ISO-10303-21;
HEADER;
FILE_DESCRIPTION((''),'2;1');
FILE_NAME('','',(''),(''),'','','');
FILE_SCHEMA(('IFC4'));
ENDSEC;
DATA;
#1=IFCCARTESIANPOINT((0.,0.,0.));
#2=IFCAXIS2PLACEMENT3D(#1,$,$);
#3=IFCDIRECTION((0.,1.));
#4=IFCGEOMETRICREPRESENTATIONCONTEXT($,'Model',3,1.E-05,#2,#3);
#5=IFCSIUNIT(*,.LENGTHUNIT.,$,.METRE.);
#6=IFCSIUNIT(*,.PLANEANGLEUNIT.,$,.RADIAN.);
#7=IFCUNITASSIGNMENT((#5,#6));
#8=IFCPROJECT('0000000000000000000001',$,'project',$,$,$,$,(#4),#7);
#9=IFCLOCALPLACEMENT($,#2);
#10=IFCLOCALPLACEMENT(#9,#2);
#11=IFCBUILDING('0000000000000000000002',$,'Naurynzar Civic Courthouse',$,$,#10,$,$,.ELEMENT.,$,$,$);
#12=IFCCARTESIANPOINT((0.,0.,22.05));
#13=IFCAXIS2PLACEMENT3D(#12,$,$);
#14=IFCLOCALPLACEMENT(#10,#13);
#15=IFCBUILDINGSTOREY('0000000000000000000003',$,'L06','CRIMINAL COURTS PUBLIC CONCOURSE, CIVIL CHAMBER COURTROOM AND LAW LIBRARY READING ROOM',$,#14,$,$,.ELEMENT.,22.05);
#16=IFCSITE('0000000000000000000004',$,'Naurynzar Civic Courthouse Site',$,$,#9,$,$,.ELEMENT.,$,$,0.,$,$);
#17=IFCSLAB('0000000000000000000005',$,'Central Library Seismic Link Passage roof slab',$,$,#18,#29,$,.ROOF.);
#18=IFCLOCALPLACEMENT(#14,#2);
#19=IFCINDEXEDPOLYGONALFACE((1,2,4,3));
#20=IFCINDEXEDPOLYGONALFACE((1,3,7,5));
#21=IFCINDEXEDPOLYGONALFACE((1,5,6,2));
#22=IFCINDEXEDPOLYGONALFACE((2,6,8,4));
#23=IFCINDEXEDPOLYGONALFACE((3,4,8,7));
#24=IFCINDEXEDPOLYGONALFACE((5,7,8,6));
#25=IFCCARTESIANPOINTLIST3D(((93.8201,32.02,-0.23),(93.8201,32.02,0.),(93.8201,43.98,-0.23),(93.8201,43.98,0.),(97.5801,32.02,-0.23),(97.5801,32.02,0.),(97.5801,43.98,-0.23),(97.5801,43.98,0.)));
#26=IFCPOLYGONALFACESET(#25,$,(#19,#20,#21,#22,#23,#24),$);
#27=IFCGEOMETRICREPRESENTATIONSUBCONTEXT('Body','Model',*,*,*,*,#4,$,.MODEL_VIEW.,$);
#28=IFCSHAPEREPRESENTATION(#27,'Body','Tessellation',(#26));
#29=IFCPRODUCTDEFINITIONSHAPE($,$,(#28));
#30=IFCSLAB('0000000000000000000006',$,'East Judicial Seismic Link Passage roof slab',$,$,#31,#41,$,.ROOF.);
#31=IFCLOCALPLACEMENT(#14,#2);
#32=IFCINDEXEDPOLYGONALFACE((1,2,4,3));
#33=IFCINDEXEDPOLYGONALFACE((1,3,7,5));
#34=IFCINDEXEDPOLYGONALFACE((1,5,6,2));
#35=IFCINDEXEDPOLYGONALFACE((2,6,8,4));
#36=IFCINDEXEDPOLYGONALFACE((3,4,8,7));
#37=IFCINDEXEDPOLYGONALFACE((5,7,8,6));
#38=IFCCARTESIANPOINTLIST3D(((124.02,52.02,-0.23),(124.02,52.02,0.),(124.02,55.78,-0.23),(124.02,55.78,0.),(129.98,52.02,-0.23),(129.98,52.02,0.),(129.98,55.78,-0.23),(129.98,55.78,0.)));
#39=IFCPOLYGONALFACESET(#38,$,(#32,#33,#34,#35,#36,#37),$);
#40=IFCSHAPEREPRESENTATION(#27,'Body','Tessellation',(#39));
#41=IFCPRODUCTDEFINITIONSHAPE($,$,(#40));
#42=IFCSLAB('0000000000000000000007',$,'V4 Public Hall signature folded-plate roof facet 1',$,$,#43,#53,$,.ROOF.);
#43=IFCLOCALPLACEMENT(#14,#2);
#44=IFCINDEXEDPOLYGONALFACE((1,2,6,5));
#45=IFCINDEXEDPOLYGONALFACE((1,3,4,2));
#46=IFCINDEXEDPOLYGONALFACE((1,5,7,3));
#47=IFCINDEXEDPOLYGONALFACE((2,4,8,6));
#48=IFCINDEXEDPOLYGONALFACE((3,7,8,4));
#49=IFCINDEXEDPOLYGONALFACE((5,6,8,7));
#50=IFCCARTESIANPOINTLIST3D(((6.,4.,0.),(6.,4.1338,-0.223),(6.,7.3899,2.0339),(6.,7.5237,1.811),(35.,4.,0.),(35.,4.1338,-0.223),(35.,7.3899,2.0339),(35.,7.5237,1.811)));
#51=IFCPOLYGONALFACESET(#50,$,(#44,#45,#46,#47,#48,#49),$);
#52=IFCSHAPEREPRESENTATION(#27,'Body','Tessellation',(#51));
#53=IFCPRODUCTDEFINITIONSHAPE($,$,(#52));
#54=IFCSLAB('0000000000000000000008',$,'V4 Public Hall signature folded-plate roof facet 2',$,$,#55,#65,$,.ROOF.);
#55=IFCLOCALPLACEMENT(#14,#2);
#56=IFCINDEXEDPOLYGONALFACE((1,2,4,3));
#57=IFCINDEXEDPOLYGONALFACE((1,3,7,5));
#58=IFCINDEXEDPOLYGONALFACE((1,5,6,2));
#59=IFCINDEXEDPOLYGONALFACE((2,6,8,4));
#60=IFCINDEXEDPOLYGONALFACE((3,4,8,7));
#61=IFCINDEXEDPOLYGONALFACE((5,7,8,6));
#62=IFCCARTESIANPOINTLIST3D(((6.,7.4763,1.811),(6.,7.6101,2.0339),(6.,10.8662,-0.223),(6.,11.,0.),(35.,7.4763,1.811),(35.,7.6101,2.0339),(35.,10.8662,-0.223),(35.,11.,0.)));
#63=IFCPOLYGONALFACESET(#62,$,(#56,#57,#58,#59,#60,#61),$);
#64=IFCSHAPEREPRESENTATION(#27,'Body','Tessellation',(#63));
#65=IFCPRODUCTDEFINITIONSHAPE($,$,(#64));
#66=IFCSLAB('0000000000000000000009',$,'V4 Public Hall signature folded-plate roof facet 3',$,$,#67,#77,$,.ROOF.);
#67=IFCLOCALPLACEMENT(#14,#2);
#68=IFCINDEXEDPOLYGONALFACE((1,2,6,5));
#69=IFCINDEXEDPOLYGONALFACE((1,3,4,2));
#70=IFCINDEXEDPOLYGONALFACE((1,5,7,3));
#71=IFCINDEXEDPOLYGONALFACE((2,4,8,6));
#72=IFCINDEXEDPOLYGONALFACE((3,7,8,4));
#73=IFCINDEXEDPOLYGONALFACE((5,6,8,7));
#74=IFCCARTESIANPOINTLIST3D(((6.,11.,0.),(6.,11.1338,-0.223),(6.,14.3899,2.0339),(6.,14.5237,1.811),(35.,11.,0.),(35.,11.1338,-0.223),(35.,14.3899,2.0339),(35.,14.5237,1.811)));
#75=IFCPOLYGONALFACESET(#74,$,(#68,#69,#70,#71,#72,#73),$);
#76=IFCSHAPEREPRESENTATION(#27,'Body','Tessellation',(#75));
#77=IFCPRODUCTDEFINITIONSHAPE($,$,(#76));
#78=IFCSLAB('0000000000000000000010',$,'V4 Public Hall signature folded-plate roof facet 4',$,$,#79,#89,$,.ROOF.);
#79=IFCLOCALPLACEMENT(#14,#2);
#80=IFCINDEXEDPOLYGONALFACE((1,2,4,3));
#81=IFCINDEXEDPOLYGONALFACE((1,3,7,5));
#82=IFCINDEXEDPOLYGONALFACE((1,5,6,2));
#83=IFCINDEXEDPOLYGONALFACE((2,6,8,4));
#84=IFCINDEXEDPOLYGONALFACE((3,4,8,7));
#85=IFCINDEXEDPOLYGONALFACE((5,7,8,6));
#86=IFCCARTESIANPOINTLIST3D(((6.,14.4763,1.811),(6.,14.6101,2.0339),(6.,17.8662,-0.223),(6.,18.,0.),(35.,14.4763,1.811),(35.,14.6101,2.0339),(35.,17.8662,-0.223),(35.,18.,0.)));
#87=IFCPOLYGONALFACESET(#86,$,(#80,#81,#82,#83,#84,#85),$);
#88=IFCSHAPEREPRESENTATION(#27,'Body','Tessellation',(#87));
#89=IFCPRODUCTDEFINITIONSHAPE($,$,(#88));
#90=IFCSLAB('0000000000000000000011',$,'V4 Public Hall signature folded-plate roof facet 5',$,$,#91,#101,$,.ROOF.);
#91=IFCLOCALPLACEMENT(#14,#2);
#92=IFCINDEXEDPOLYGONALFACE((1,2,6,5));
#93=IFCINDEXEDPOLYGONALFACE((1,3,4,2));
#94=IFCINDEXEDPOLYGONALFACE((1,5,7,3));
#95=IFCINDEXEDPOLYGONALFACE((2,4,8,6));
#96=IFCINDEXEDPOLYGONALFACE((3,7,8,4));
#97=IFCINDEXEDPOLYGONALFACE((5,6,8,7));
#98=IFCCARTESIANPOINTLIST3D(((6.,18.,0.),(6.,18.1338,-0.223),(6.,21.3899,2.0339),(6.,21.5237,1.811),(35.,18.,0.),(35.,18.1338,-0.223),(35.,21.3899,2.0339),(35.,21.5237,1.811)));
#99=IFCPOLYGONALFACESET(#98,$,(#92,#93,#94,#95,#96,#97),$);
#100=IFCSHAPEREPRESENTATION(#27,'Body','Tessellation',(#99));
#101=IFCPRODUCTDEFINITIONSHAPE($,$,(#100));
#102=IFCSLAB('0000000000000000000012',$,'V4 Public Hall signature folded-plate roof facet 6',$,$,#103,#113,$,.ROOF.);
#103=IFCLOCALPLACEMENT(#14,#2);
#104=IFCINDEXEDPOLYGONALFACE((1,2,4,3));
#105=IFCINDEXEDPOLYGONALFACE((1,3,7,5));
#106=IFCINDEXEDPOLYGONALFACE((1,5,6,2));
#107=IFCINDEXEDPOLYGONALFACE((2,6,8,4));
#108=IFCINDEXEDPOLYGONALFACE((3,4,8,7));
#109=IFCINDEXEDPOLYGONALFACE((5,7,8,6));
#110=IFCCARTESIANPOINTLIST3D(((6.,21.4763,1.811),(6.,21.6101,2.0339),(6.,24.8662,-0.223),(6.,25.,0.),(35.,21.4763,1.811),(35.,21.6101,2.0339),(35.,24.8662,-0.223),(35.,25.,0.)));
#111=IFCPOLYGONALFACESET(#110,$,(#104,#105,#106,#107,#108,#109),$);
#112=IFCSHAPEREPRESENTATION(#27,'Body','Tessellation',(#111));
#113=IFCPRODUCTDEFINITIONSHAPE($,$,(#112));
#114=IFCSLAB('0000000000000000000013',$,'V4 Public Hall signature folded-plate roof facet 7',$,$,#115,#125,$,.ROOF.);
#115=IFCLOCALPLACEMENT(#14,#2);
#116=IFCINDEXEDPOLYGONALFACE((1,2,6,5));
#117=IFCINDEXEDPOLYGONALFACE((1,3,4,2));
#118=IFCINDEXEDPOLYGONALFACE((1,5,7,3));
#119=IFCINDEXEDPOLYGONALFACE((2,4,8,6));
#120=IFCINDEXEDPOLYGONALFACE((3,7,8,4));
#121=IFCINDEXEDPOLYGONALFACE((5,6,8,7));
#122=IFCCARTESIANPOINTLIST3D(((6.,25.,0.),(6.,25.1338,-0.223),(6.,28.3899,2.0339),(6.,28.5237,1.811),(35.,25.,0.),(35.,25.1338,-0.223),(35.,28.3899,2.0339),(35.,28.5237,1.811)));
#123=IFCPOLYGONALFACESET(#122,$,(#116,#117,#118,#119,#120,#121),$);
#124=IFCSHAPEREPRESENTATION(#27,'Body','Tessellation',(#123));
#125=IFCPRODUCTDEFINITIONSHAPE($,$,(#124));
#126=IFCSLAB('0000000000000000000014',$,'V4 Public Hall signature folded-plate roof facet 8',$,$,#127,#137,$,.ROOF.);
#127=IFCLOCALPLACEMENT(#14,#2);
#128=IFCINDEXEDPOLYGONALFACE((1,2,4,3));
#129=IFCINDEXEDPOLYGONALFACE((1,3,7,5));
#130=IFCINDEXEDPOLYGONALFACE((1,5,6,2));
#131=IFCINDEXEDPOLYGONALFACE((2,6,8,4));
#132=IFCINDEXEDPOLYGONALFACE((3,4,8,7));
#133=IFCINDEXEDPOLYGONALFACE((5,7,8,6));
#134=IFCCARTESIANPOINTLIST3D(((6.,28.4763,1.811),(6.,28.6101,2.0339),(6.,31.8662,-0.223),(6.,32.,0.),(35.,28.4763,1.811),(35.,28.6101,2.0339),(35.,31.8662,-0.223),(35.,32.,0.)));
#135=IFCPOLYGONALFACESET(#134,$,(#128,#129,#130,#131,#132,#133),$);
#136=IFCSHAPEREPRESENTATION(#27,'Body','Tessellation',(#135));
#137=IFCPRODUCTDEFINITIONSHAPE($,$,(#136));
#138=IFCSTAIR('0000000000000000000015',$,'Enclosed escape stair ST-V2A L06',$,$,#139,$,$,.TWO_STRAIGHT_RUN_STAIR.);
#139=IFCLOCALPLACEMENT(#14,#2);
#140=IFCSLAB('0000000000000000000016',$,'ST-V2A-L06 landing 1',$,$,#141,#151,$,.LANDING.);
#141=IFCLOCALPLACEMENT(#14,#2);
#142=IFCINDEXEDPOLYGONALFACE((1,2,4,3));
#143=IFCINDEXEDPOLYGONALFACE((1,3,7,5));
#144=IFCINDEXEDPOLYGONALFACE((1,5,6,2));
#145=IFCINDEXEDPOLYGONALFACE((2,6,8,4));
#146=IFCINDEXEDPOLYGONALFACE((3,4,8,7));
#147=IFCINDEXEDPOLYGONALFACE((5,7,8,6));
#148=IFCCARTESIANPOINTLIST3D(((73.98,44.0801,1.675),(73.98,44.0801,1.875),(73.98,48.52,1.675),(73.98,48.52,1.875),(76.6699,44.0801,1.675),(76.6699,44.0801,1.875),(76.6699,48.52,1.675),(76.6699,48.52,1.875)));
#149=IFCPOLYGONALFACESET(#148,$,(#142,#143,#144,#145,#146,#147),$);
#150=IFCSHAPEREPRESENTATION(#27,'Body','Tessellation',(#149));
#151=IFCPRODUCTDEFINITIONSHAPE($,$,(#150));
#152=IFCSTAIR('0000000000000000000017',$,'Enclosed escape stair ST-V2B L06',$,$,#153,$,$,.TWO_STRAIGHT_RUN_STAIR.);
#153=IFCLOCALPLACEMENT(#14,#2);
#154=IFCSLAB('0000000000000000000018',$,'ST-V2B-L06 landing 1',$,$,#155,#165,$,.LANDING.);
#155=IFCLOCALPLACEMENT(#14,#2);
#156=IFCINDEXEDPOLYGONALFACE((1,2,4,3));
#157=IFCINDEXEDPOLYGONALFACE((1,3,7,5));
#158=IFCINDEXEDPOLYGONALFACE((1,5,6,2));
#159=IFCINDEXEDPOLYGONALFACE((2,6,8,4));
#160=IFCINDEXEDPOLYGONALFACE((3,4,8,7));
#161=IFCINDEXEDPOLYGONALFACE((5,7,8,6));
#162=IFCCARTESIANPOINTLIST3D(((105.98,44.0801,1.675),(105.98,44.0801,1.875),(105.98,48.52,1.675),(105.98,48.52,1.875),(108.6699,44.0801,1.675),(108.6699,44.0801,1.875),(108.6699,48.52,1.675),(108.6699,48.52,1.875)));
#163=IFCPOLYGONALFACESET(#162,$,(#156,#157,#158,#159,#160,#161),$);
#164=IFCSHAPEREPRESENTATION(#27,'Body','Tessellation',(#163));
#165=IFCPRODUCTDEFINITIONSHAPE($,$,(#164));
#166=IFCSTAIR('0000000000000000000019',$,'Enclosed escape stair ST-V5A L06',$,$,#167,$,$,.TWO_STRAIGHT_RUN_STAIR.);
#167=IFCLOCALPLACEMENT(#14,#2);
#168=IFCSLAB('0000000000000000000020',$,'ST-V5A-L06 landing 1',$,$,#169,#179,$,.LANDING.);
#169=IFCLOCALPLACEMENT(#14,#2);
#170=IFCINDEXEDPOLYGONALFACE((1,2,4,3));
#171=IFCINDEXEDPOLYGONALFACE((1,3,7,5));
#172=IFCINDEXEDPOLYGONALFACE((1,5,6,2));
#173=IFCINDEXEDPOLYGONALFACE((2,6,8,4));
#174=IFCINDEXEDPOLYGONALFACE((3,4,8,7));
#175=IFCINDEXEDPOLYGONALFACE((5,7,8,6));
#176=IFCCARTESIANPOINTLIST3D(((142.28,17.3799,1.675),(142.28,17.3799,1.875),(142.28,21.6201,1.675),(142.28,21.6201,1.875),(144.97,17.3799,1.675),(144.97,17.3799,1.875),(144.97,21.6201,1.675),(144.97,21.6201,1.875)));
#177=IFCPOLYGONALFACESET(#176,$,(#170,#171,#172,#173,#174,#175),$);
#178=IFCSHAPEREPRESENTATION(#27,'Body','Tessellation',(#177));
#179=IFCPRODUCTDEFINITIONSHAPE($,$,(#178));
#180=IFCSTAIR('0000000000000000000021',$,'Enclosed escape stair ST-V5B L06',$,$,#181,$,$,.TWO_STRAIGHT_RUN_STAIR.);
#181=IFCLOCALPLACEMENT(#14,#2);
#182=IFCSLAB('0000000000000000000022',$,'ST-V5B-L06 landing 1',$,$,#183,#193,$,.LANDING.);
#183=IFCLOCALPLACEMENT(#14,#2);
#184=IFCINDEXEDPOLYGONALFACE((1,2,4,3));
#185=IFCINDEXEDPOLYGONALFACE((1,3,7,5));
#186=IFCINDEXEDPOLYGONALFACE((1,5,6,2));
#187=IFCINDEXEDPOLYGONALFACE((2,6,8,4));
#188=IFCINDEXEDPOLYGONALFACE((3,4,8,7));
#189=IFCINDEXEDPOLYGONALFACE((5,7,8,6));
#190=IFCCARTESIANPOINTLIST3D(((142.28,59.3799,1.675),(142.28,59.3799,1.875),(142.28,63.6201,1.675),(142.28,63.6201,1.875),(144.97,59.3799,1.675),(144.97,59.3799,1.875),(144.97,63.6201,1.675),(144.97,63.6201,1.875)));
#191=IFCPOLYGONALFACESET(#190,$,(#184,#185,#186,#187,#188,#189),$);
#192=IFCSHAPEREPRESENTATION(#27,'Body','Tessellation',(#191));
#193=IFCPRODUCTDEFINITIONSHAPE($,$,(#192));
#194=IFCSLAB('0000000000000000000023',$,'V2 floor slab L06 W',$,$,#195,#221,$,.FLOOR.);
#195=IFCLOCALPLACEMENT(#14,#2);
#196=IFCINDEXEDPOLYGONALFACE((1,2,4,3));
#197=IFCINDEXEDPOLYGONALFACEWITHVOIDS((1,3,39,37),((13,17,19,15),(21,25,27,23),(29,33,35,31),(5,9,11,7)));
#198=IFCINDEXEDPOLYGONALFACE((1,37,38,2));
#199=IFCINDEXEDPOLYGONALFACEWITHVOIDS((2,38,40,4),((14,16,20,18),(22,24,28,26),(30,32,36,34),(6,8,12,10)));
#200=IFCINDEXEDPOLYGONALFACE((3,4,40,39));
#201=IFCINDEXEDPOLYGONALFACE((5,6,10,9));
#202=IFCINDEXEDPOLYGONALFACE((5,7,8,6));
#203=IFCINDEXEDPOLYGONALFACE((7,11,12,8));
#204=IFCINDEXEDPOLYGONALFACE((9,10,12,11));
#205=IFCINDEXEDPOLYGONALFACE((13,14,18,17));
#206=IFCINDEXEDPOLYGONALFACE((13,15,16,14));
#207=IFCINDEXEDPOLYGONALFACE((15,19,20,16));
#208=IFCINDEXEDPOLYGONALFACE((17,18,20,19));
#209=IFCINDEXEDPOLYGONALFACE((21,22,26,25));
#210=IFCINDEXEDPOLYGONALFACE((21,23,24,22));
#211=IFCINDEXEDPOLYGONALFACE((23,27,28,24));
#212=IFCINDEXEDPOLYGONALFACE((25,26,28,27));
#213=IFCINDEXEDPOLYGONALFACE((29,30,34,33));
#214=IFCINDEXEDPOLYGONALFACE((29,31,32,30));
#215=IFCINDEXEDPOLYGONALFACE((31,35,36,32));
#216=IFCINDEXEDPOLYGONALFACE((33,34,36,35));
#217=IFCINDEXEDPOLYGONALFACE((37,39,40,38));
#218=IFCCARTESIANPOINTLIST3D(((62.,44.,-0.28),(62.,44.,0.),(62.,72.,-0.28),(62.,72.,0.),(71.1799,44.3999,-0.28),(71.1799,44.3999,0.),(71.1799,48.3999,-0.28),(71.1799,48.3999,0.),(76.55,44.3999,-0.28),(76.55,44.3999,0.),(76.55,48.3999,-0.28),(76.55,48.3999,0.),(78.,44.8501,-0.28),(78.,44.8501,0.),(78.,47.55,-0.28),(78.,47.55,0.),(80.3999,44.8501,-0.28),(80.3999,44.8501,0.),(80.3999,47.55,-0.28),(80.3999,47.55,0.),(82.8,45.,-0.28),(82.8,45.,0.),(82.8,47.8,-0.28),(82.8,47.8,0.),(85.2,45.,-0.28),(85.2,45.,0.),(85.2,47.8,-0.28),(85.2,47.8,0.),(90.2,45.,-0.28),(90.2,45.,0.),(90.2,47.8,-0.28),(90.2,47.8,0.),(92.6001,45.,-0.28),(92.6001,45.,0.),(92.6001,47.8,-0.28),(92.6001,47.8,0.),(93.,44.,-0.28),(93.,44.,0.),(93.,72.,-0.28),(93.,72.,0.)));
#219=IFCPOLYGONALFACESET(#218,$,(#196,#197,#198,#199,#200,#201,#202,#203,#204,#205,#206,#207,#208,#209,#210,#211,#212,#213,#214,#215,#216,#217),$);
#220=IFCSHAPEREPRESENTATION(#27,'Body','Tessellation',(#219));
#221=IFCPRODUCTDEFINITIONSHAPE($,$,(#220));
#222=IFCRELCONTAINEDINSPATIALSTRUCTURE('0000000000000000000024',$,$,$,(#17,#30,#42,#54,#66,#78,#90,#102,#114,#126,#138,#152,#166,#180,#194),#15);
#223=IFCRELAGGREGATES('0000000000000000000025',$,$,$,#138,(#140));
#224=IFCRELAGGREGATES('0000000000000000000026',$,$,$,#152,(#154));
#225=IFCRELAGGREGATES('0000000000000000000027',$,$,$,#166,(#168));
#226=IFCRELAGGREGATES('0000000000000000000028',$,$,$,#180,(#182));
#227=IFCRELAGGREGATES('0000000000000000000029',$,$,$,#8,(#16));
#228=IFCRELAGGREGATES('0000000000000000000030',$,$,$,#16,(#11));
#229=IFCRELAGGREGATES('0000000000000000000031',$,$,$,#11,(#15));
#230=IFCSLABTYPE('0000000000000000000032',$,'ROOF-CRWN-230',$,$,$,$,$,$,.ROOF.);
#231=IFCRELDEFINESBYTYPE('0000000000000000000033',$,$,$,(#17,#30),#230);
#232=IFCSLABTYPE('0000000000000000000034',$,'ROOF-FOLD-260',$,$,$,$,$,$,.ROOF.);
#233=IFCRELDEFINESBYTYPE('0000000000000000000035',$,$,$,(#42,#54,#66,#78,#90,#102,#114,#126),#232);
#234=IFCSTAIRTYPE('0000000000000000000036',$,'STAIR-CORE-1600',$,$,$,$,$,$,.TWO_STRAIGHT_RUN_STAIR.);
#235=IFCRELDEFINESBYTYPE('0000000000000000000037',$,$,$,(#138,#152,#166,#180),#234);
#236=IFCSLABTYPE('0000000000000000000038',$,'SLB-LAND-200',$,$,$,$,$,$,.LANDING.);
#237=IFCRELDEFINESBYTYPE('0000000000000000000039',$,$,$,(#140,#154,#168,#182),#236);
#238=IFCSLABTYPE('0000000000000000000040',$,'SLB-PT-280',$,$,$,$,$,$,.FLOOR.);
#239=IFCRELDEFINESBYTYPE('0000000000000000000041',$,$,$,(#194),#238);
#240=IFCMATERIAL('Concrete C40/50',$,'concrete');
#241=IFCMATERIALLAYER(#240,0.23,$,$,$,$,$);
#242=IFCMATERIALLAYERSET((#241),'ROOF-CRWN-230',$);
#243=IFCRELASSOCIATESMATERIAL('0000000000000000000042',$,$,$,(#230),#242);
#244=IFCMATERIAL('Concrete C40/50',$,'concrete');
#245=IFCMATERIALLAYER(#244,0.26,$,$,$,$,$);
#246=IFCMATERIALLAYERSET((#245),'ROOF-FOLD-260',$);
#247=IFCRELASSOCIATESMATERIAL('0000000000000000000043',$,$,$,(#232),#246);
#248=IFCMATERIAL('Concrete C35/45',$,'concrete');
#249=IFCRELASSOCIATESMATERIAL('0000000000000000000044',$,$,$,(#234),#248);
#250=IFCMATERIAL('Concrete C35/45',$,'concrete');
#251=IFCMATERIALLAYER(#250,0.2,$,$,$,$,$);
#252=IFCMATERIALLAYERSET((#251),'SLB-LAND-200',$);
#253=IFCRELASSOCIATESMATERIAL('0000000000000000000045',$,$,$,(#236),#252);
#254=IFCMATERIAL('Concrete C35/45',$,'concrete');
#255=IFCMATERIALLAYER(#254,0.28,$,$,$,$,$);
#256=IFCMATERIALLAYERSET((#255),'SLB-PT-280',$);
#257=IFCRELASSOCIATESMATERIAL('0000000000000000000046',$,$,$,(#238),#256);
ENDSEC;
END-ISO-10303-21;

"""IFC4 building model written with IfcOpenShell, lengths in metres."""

from ifc_helpers import new_model, si_unit, direction, frame, origin, place, context, subcontext, project, spatial, polyline, outline, extrude, material, layer, layer_set, type_object, element, aggregate, save


model = new_model("IFC4")

# Units and contexts
model_context = context("Model", 3, precision=1e-05, world=origin(), true_north=direction((0.0, 1.0)))
body_context = subcontext(model_context, "Body", "Model", "MODEL_VIEW")
ifc_project = project(units=[si_unit("LENGTHUNIT", "METRE"), si_unit("PLANEANGLEUNIT", "RADIAN")], contexts=[model_context])

# Site, building, storey
site_placement = place(None, origin())
site = spatial("IfcSite", under=ifc_project, at=site_placement, Name="Naurynzar Civic Courthouse Site", CompositionType="ELEMENT", RefElevation=0.0)
building_placement = place(site_placement, origin())
building = spatial("IfcBuilding", under=site, at=building_placement, Name="Naurynzar Civic Courthouse", CompositionType="ELEMENT")
storey_placement = place(building_placement, frame((0.0, 0.0, 22.05)))
storey = spatial("IfcBuildingStorey", under=building, at=storey_placement, Name="L06", Description="CRIMINAL COURTS PUBLIC CONCOURSE, CIVIL CHAMBER COURTROOM AND LAW LIBRARY READING ROOM", CompositionType="ELEMENT", Elevation=22.05)

# Slabs
ifc_material_1 = material(Name="Concrete C40/50", Category="concrete")
ifc_layer_1 = layer(ifc_material_1, 0.23)
ifc_layer_set_1 = layer_set([ifc_layer_1], Name="ROOF-CRWN-230")
slab_type_1 = type_object("IfcSlabType", Name="ROOF-CRWN-230", PredefinedType="ROOF", material=ifc_layer_set_1)
slab_1_placement = place(storey_placement, frame((0.0, 0.0, -0.23)))
element("IfcSlab", 1, at=slab_1_placement, inside=storey, type_object=slab_type_1, Name="Central Library Seismic Link Passage roof slab", PredefinedType="ROOF", context=body_context, shape_type="SweptSolid", body=[
    extrude(outline(polyline([(93.8201, 32.02), (97.5801, 32.02), (97.5801, 43.98), (93.8201, 43.98), (93.8201, 32.02)])), origin(), (0.0, 0.0, 1.0), 0.23),
])
slab_2_placement = place(storey_placement, frame((0.0, 0.0, -0.23)))
element("IfcSlab", 2, at=slab_2_placement, inside=storey, type_object=slab_type_1, Name="East Judicial Seismic Link Passage roof slab", PredefinedType="ROOF", context=body_context, shape_type="SweptSolid", body=[
    extrude(outline(polyline([(124.02, 52.02), (129.98, 52.02), (129.98, 55.78), (124.02, 55.78), (124.02, 52.02)])), origin(), (0.0, 0.0, 1.0), 0.23),
])
ifc_material_2 = material(Name="Concrete C40/50", Category="concrete")
ifc_layer_2 = layer(ifc_material_2, 0.26)
ifc_layer_set_2 = layer_set([ifc_layer_2], Name="ROOF-FOLD-260")
slab_type_2 = type_object("IfcSlabType", Name="ROOF-FOLD-260", PredefinedType="ROOF", material=ifc_layer_set_2)
for number, where, z_axis, x_axis, name in (
    (3, (6.0, 4.0, 0.0), (0.0, -0.514496, 0.857493), (1.0, 0.0, 0.0), "V4 Public Hall signature folded-plate roof facet 1"),
    (4, (6.0, 7.6101, 2.0339), (0.0, 0.514496, 0.857493), (1.0, 0.0, 0.0), "V4 Public Hall signature folded-plate roof facet 2"),
    (5, (6.0, 11.0, 0.0), (0.0, -0.514496, 0.857493), (1.0, 0.0, 0.0), "V4 Public Hall signature folded-plate roof facet 3"),
    (6, (6.0, 14.6101, 2.0339), (0.0, 0.514496, 0.857493), (1.0, 0.0, 0.0), "V4 Public Hall signature folded-plate roof facet 4"),
    (7, (6.0, 18.0, 0.0), (0.0, -0.514496, 0.857493), (1.0, 0.0, 0.0), "V4 Public Hall signature folded-plate roof facet 5"),
    (8, (6.0, 21.6101, 2.0339), (0.0, 0.514496, 0.857493), (1.0, 0.0, 0.0), "V4 Public Hall signature folded-plate roof facet 6"),
    (9, (6.0, 25.0, 0.0), (0.0, -0.514496, 0.857493), (1.0, 0.0, 0.0), "V4 Public Hall signature folded-plate roof facet 7"),
    (10, (6.0, 28.6101, 2.0339), (0.0, 0.514496, 0.857493), (1.0, 0.0, 0.0), "V4 Public Hall signature folded-plate roof facet 8"),
):
    element("IfcSlab", number, at=place(storey_placement, frame(where, z_axis=z_axis, x_axis=x_axis)), inside=storey, type_object=slab_type_2, Name=name, PredefinedType="ROOF", context=body_context, shape_type="SweptSolid", body=[
        extrude(outline(polyline([(0.0, 0.0), (29.0, 0.0), (29.0, 3.9533), (0.0, 3.9533), (0.0, 0.0)])), origin(), (0.0, 0.0, -1.0), 0.26),
    ])

# Stairs, slabs
ifc_material_3 = material(Name="Concrete C35/45", Category="concrete")
stair_type = type_object("IfcStairType", Name="STAIR-CORE-1600", PredefinedType="TWO_STRAIGHT_RUN_STAIR", material=ifc_material_3)
stair_1_placement = place(storey_placement, origin())
stair_1 = element("IfcStair", 11, at=stair_1_placement, inside=storey, type_object=stair_type, Name="Enclosed escape stair ST-V2A L06", PredefinedType="TWO_STRAIGHT_RUN_STAIR")
ifc_material_4 = material(Name="Concrete C35/45", Category="concrete")
ifc_layer_3 = layer(ifc_material_4, 0.2)
ifc_layer_set_3 = layer_set([ifc_layer_3], Name="SLB-LAND-200")
slab_type_3 = type_object("IfcSlabType", Name="SLB-LAND-200", PredefinedType="LANDING", material=ifc_layer_set_3)
slab_3_placement = place(storey_placement, frame((0.0, 0.0, 1.675)))
slab_3 = element("IfcSlab", 12, at=slab_3_placement, type_object=slab_type_3, Name="ST-V2A-L06 landing 1", PredefinedType="LANDING", context=body_context, shape_type="SweptSolid", body=[
    extrude(outline(polyline([(73.98, 44.0801), (76.6699, 44.0801), (76.6699, 48.52), (73.98, 48.52), (73.98, 44.0801)])), origin(), (0.0, 0.0, 1.0), 0.2),
])
aggregate(stair_1, [slab_3])
stair_2_placement = place(storey_placement, origin())
stair_2 = element("IfcStair", 13, at=stair_2_placement, inside=storey, type_object=stair_type, Name="Enclosed escape stair ST-V2B L06", PredefinedType="TWO_STRAIGHT_RUN_STAIR")
slab_4_placement = place(storey_placement, frame((0.0, 0.0, 1.675)))
slab_4 = element("IfcSlab", 14, at=slab_4_placement, type_object=slab_type_3, Name="ST-V2B-L06 landing 1", PredefinedType="LANDING", context=body_context, shape_type="SweptSolid", body=[
    extrude(outline(polyline([(105.98, 44.0801), (108.6699, 44.0801), (108.6699, 48.52), (105.98, 48.52), (105.98, 44.0801)])), origin(), (0.0, 0.0, 1.0), 0.2),
])
aggregate(stair_2, [slab_4])
stair_3_placement = place(storey_placement, origin())
stair_3 = element("IfcStair", 15, at=stair_3_placement, inside=storey, type_object=stair_type, Name="Enclosed escape stair ST-V5A L06", PredefinedType="TWO_STRAIGHT_RUN_STAIR")
slab_5_placement = place(storey_placement, frame((0.0, 0.0, 1.675)))
slab_5 = element("IfcSlab", 16, at=slab_5_placement, type_object=slab_type_3, Name="ST-V5A-L06 landing 1", PredefinedType="LANDING", context=body_context, shape_type="SweptSolid", body=[
    extrude(outline(polyline([(142.28, 17.3799), (144.97, 17.3799), (144.97, 21.6201), (142.28, 21.6201), (142.28, 17.3799)])), origin(), (0.0, 0.0, 1.0), 0.2),
])
aggregate(stair_3, [slab_5])
stair_4_placement = place(storey_placement, origin())
stair_4 = element("IfcStair", 17, at=stair_4_placement, inside=storey, type_object=stair_type, Name="Enclosed escape stair ST-V5B L06", PredefinedType="TWO_STRAIGHT_RUN_STAIR")
slab_6_placement = place(storey_placement, frame((0.0, 0.0, 1.675)))
slab_6 = element("IfcSlab", 18, at=slab_6_placement, type_object=slab_type_3, Name="ST-V5B-L06 landing 1", PredefinedType="LANDING", context=body_context, shape_type="SweptSolid", body=[
    extrude(outline(polyline([(142.28, 59.3799), (144.97, 59.3799), (144.97, 63.6201), (142.28, 63.6201), (142.28, 59.3799)])), origin(), (0.0, 0.0, 1.0), 0.2),
])
aggregate(stair_4, [slab_6])

# Slab
ifc_material_5 = material(Name="Concrete C35/45", Category="concrete")
ifc_layer_4 = layer(ifc_material_5, 0.28)
ifc_layer_set_4 = layer_set([ifc_layer_4], Name="SLB-PT-280")
slab_type_4 = type_object("IfcSlabType", Name="SLB-PT-280", PredefinedType="FLOOR", material=ifc_layer_set_4)
slab_7_placement = place(storey_placement, frame((0.0, 0.0, -0.28)))
element("IfcSlab", 19, at=slab_7_placement, inside=storey, type_object=slab_type_4, Name="V2 floor slab L06 W", PredefinedType="FLOOR", context=body_context, shape_type="SweptSolid", body=[
    extrude(outline(polyline([(93.0, 44.0), (93.0, 72.0), (62.0, 72.0), (62.0, 44.0), (93.0, 44.0)]), holes=[polyline([(71.1799, 44.3999), (76.55, 44.3999), (76.55, 48.3999), (71.1799, 48.3999), (71.1799, 44.3999)]), polyline([(78.0, 44.8501), (80.3999, 44.8501), (80.3999, 47.55), (78.0, 47.55), (78.0, 44.8501)]), polyline([(82.8, 45.0), (85.2, 45.0), (85.2, 47.8), (82.8, 47.8), (82.8, 45.0)]), polyline([(90.2, 45.0), (92.6001, 45.0), (92.6001, 47.8), (90.2, 47.8), (90.2, 45.0)])]), origin(), (0.0, 0.0, 1.0), 0.28),
])

save(model, "model.ifc")
